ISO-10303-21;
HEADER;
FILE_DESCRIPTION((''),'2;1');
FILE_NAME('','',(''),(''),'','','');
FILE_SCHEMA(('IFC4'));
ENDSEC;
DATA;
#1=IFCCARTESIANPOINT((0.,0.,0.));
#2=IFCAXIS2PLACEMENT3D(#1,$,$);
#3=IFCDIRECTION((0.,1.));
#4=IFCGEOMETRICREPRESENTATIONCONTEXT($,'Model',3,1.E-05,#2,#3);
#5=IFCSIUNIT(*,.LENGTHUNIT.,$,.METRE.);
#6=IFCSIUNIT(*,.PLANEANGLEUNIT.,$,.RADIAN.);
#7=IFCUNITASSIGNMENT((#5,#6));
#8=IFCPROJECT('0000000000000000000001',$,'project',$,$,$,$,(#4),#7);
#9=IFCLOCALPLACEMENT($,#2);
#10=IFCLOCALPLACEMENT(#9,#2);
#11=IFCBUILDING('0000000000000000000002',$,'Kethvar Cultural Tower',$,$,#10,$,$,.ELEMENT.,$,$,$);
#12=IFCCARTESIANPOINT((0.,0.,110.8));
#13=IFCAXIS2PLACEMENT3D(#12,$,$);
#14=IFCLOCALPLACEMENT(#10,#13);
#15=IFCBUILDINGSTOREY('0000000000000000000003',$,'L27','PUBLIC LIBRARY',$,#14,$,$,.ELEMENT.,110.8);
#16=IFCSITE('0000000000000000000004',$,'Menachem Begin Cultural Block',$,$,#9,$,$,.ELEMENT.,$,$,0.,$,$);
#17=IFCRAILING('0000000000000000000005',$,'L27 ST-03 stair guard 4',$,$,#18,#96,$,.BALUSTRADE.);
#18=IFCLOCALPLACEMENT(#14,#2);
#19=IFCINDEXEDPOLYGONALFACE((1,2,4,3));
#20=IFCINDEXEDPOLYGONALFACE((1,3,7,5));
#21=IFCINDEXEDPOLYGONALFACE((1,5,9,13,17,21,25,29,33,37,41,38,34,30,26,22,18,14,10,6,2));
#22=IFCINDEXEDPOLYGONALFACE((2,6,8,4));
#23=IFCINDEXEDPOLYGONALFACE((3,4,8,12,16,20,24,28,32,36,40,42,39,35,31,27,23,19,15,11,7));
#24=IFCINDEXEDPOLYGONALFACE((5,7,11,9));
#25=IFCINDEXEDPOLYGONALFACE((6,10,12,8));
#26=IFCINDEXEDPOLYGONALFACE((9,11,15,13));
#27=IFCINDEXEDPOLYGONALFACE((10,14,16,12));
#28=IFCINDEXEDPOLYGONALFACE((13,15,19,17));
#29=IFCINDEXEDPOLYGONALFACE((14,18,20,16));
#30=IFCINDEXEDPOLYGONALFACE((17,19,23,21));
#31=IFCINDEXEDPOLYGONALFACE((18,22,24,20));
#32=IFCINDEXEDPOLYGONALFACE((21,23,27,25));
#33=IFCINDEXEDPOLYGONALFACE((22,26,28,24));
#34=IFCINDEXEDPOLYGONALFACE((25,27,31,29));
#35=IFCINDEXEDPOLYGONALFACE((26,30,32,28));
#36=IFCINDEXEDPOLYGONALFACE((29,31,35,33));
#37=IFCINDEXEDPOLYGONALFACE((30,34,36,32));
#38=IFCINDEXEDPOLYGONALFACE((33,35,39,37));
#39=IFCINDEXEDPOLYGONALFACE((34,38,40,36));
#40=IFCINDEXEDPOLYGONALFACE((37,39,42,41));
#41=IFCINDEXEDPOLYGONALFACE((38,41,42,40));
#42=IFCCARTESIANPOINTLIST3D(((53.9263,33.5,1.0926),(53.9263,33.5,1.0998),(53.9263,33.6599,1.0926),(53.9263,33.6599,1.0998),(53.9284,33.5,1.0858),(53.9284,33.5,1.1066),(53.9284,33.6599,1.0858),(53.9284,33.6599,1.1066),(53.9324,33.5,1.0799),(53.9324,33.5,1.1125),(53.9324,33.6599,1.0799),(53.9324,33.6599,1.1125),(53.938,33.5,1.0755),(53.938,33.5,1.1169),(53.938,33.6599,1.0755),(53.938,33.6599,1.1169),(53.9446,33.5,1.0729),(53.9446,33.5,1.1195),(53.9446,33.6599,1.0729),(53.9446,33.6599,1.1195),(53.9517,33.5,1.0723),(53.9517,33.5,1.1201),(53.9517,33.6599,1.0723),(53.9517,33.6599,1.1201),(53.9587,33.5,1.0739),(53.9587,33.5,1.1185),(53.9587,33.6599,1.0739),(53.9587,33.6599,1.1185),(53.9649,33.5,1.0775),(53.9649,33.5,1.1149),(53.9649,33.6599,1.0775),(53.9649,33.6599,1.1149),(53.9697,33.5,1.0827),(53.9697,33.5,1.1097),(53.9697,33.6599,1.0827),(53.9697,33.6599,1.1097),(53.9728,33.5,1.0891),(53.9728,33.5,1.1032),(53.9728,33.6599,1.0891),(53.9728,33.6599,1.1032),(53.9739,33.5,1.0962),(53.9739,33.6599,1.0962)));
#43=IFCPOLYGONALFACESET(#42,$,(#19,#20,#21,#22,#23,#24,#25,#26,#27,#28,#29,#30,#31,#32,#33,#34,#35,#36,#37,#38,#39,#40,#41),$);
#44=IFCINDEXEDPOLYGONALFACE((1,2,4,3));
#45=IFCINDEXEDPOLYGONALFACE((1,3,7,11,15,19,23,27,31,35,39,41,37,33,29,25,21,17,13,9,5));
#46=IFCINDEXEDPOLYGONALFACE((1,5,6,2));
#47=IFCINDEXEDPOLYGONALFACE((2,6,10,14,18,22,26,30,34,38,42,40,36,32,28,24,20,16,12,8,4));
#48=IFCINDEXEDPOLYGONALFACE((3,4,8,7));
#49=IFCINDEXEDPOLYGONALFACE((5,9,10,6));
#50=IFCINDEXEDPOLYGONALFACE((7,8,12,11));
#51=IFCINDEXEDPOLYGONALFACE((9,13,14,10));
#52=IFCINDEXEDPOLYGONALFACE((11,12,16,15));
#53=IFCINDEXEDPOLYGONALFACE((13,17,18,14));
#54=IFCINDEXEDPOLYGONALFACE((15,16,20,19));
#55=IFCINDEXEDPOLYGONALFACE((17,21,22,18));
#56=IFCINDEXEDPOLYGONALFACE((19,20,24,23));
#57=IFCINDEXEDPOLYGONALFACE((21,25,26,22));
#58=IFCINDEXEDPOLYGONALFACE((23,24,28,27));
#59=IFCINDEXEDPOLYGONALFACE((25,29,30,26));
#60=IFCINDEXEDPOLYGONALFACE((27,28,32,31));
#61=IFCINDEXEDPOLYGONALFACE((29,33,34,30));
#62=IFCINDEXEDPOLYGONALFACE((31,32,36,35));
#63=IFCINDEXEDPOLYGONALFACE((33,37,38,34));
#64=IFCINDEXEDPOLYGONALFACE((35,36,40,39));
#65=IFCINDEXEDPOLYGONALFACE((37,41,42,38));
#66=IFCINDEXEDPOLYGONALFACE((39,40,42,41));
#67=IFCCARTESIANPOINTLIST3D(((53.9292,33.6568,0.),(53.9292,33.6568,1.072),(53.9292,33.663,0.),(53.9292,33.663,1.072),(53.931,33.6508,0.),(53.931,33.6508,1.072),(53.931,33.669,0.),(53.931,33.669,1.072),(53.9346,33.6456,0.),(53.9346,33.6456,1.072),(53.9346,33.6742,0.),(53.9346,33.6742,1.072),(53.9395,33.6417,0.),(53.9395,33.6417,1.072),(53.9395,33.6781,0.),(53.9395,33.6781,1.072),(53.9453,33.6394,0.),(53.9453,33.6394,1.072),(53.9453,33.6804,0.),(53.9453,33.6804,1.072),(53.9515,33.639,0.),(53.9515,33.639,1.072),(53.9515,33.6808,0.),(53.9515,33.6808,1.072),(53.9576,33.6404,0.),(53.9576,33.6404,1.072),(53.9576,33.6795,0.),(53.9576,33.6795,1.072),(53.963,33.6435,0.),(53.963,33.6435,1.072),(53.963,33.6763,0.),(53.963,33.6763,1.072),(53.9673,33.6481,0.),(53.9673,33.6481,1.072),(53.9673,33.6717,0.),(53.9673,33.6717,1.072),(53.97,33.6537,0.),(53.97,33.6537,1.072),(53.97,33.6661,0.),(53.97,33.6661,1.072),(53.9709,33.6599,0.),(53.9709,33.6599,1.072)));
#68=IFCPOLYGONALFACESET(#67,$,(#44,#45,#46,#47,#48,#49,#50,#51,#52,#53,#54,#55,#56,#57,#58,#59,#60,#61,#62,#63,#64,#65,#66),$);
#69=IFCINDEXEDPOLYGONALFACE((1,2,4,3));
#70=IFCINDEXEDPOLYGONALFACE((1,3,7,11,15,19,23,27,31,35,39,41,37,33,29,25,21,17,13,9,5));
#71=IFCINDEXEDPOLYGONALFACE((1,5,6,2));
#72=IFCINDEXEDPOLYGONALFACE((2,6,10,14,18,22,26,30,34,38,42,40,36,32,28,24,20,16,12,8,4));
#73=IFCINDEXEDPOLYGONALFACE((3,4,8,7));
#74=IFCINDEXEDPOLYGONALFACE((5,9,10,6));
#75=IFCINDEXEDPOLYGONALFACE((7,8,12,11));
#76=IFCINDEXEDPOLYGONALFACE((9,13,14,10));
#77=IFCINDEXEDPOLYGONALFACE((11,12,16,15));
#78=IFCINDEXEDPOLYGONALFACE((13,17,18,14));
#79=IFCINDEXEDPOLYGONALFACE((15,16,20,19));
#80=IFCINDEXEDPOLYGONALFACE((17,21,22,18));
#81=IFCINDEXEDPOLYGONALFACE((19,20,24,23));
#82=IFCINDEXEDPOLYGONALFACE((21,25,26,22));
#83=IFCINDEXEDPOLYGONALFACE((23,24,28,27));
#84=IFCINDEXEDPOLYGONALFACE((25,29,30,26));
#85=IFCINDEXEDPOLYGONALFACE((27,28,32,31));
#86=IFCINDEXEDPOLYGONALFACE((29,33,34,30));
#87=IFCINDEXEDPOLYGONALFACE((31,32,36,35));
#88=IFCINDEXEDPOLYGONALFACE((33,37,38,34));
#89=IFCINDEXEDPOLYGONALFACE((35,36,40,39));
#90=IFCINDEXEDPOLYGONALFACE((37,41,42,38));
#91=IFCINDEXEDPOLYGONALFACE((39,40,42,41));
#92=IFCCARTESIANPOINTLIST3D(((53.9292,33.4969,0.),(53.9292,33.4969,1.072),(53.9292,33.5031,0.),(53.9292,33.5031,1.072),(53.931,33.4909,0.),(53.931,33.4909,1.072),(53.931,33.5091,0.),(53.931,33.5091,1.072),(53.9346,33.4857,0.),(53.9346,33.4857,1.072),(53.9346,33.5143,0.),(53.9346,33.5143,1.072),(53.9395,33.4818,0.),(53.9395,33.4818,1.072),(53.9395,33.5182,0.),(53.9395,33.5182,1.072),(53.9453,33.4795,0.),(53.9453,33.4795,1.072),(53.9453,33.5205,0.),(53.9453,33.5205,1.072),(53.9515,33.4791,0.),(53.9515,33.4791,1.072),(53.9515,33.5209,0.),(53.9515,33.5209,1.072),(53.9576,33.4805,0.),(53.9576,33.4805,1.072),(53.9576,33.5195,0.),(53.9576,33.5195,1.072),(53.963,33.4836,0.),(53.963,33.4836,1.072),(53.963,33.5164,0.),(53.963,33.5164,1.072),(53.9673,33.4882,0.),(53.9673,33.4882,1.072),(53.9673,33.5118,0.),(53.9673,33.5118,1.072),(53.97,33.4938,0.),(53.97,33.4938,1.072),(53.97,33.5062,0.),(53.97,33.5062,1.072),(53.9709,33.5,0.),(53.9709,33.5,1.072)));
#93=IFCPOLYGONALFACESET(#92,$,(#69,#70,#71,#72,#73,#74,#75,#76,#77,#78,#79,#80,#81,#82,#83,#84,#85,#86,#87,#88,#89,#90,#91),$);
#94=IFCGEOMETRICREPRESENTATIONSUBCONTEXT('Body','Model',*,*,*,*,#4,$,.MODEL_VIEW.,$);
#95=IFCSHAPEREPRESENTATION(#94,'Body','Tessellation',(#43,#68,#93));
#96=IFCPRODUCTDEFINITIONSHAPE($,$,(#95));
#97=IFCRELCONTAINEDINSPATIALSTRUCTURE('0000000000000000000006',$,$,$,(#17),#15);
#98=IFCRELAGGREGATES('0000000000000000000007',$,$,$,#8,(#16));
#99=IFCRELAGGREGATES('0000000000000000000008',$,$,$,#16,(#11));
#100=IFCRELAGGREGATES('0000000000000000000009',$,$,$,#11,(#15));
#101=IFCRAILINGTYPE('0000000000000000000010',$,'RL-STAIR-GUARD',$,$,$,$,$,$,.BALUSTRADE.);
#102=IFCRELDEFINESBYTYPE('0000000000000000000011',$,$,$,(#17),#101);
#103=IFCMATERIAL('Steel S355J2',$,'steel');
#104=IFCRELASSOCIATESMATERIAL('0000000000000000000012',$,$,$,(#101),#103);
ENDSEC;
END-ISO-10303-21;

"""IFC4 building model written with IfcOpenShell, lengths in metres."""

from ifc_helpers import new_model, si_unit, direction, frame, origin, origin_2d, place, context, subcontext, project, spatial, circle, extrude, material, type_object, element, save


model = new_model("IFC4")

# Units and contexts
model_context = context("Model", 3, precision=1e-05, world=origin(), true_north=direction((0.0, 1.0)))
body_context = subcontext(model_context, "Body", "Model", "MODEL_VIEW")
ifc_project = project(units=[si_unit("LENGTHUNIT", "METRE"), si_unit("PLANEANGLEUNIT", "RADIAN")], contexts=[model_context])

# Site, building, storey
site_placement = place(None, origin())
site = spatial("IfcSite", under=ifc_project, at=site_placement, Name="Menachem Begin Cultural Block", CompositionType="ELEMENT", RefElevation=0.0)
building_placement = place(site_placement, origin())
building = spatial("IfcBuilding", under=site, at=building_placement, Name="Kethvar Cultural Tower", CompositionType="ELEMENT")
storey_placement = place(building_placement, frame((0.0, 0.0, 110.8)))
storey = spatial("IfcBuildingStorey", under=building, at=storey_placement, Name="L27", Description="PUBLIC LIBRARY", CompositionType="ELEMENT", Elevation=110.8)

# Shared definitions
ifc_material_1 = material(Name="Steel S355J2", Category="steel")

# Railing
railing_type_1 = type_object("IfcRailingType", Name="RL-STAIR-GUARD", PredefinedType="BALUSTRADE", material=ifc_material_1)
railing_1_placement = place(storey_placement, frame((53.95, 33.6599, 0.0)))
element("IfcRailing", 1, at=railing_1_placement, inside=storey, type_object=railing_type_1, Name="L27 ST-03 stair guard 4", PredefinedType="BALUSTRADE", context=body_context, shape_type="SweptSolid", body=[
    extrude(circle(Radius=0.0239, at=origin_2d()), frame((0.0, 0.0, 1.0962), z_axis=(0.0, -1.0, 0.0), x_axis=(1.0, 0.0, 0.0)), (0.0, 0.0, 1.0), 0.1599),
    extrude(circle(Radius=0.021, at=origin_2d()), origin(), (0.0, 0.0, 1.0), 1.072),
    extrude(circle(Radius=0.021, at=origin_2d()), frame((0.0, -0.1599, 0.0)), (0.0, 0.0, 1.0), 1.072),
])

save(model, "model.ifc")
